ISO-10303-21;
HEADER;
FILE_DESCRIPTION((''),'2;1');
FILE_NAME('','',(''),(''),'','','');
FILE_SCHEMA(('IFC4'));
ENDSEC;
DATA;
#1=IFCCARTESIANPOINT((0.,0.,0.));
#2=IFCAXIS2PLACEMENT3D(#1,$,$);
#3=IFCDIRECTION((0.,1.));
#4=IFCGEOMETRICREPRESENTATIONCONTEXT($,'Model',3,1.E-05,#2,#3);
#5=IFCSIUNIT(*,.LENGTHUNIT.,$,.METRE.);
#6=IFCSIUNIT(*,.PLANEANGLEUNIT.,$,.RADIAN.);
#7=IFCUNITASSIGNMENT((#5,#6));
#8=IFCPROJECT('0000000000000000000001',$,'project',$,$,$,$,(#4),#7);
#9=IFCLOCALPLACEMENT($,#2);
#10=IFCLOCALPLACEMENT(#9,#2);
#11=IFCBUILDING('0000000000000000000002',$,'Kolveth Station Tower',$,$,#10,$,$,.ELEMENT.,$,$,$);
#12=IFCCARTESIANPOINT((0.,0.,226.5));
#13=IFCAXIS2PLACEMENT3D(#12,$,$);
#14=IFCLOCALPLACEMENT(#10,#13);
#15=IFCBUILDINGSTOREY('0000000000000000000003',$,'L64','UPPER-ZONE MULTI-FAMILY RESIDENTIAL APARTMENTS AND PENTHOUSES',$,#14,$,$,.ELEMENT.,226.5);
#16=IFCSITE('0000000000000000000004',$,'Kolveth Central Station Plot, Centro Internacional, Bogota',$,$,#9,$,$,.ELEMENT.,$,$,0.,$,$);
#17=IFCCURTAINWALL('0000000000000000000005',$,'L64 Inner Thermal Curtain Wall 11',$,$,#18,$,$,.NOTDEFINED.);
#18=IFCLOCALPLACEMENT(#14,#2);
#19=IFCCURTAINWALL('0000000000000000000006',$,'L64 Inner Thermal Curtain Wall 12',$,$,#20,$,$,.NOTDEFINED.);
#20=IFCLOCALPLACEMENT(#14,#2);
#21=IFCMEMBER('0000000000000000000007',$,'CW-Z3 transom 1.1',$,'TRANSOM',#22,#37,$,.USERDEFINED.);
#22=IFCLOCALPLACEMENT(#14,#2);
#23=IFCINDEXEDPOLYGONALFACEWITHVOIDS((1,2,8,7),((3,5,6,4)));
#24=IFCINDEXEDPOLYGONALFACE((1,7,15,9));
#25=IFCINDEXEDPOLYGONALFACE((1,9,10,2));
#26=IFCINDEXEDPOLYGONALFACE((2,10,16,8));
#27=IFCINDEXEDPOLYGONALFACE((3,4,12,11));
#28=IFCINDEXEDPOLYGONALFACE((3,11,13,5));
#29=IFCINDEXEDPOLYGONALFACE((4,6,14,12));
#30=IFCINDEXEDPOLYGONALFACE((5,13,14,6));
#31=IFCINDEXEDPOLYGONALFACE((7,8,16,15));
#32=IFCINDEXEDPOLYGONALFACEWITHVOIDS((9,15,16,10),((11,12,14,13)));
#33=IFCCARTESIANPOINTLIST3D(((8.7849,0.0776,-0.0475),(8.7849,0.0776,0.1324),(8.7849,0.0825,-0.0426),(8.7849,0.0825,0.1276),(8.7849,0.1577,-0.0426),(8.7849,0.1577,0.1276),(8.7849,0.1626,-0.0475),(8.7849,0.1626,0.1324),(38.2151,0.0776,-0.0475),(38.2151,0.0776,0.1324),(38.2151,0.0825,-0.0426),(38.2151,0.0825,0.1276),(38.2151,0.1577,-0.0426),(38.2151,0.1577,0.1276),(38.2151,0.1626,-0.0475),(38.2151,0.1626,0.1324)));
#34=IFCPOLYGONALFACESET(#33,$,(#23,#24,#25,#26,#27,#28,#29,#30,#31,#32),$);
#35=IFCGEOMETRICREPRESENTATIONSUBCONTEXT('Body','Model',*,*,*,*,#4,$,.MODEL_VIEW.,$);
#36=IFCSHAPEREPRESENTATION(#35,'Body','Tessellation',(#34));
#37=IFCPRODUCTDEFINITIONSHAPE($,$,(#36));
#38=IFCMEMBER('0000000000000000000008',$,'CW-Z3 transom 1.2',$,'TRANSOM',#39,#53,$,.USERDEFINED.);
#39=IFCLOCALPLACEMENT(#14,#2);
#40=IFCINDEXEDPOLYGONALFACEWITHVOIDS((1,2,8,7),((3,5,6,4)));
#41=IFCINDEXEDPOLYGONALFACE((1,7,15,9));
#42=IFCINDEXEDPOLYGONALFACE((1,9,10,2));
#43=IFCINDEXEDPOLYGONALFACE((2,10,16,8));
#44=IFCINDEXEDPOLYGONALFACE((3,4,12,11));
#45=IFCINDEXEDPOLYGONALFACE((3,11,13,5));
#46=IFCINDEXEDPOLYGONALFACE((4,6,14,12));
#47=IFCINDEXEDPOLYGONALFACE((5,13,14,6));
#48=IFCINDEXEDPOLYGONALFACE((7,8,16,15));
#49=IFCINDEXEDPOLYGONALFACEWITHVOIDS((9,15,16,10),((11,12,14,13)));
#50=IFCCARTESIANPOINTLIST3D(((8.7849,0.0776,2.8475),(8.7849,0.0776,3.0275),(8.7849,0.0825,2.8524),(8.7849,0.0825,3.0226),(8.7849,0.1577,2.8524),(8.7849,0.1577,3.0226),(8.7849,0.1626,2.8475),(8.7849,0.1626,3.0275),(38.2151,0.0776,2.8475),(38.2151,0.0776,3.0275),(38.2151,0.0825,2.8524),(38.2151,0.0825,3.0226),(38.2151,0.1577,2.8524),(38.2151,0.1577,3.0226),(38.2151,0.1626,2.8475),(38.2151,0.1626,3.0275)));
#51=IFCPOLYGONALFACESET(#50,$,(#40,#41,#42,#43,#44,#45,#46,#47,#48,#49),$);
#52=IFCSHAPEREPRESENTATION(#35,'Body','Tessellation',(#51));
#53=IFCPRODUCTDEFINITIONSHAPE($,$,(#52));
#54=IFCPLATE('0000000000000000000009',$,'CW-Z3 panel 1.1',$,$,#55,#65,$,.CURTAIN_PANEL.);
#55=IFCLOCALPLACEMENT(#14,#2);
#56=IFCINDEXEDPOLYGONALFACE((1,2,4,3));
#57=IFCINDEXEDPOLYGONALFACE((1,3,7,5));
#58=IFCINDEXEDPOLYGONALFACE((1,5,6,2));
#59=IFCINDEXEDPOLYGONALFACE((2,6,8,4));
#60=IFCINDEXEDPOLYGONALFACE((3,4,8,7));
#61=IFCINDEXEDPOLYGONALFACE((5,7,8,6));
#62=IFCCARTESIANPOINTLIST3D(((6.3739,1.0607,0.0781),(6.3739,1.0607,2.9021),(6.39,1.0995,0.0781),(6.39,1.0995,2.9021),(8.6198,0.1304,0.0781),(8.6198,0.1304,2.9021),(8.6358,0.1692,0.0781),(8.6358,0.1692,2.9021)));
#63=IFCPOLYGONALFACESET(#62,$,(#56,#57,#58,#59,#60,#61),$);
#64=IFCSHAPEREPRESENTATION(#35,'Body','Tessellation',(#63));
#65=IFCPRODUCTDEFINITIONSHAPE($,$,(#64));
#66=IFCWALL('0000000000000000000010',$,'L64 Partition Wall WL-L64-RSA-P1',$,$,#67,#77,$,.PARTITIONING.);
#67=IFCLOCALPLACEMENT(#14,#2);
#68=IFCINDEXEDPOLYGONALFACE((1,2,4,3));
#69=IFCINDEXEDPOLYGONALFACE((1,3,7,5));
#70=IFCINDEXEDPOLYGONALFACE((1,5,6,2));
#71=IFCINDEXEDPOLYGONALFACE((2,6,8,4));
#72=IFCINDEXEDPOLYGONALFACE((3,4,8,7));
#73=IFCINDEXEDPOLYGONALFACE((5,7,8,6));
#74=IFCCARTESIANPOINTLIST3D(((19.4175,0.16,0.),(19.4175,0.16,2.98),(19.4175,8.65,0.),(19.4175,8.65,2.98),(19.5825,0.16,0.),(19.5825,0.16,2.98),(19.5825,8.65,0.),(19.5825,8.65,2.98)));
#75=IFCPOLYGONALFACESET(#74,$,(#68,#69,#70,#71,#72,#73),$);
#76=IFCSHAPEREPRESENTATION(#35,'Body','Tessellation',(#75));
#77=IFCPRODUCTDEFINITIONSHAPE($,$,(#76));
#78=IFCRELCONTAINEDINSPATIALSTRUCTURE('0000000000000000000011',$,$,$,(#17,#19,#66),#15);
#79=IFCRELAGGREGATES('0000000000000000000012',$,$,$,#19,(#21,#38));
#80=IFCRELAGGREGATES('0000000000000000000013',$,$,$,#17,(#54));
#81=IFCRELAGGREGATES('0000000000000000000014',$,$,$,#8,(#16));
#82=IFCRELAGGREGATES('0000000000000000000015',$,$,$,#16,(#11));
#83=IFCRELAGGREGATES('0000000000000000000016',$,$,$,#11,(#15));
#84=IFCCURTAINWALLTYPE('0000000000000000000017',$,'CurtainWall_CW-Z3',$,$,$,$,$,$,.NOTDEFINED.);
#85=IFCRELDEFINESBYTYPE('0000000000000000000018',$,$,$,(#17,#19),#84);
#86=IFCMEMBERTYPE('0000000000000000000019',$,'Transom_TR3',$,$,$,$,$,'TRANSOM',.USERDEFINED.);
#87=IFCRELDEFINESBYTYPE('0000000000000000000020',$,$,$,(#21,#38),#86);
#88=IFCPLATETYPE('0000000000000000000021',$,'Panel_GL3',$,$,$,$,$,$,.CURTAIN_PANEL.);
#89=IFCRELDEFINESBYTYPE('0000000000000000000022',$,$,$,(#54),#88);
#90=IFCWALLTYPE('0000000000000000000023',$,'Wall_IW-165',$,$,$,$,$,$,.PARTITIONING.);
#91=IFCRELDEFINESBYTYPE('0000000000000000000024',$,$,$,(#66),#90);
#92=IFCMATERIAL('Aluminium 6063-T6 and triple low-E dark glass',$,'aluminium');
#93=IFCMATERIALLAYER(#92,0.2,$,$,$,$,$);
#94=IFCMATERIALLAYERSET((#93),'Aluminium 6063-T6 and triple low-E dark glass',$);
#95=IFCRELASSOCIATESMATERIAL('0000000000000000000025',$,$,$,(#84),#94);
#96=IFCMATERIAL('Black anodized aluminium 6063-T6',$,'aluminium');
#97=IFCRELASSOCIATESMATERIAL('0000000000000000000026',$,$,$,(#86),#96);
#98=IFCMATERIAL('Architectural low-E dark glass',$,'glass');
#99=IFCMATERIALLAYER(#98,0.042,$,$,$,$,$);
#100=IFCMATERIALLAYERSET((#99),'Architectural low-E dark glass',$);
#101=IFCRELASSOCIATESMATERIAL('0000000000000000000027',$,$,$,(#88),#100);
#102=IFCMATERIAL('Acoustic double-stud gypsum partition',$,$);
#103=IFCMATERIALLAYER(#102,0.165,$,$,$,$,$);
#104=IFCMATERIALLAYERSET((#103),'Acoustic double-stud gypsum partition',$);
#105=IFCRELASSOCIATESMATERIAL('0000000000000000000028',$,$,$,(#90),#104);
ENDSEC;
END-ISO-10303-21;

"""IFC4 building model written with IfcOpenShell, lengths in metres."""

from ifc_helpers import new_model, si_unit, direction, frame, frame_2d, origin, origin_2d, place, context, subcontext, project, spatial, rectangle, hollow_rectangle, extrude, source, transform, mapped, material, layer, layer_set, material_profile, profile_set, type_object, element, aggregate, save


model = new_model("IFC4")

# Units and contexts
model_context = context("Model", 3, precision=1e-05, world=origin(), true_north=direction((0.0, 1.0)))
body_context = subcontext(model_context, "Body", "Model", "MODEL_VIEW")
ifc_project = project(units=[si_unit("LENGTHUNIT", "METRE"), si_unit("PLANEANGLEUNIT", "RADIAN")], contexts=[model_context])

# Site, building, storey
site_placement = place(None, origin())
site = spatial("IfcSite", under=ifc_project, at=site_placement, Name="Kolveth Central Station Plot, Centro Internacional, Bogota", CompositionType="ELEMENT", RefElevation=0.0)
building_placement = place(site_placement, origin())
building = spatial("IfcBuilding", under=site, at=building_placement, Name="Kolveth Station Tower", CompositionType="ELEMENT")
storey_placement = place(building_placement, frame((0.0, 0.0, 226.5)))
storey = spatial("IfcBuildingStorey", under=building, at=storey_placement, Name="L64", Description="UPPER-ZONE MULTI-FAMILY RESIDENTIAL APARTMENTS AND PENTHOUSES", CompositionType="ELEMENT", Elevation=226.5)

# Curtain walls
ifc_material_1 = material(Name="Aluminium 6063-T6 and triple low-E dark glass", Category="aluminium")
ifc_layer_1 = layer(ifc_material_1, 0.2)
ifc_layer_set_1 = layer_set([ifc_layer_1], Name="Aluminium 6063-T6 and triple low-E dark glass")
curtain_wall_type = type_object("IfcCurtainWallType", Name="CurtainWall_CW-Z3", PredefinedType="NOTDEFINED", material=ifc_layer_set_1)
curtain_wall_1_placement = place(storey_placement, origin())
curtain_wall_1 = element("IfcCurtainWall", 1, at=curtain_wall_1_placement, inside=storey, type_object=curtain_wall_type, Name="L64 Inner Thermal Curtain Wall 11", PredefinedType="NOTDEFINED")
ifc_material_2 = material(Name="Black anodized aluminium 6063-T6", Category="aluminium")
curtain_wall_2_placement = place(storey_placement, origin())
curtain_wall_2 = element("IfcCurtainWall", 2, at=curtain_wall_2_placement, inside=storey, type_object=curtain_wall_type, Name="L64 Inner Thermal Curtain Wall 12", PredefinedType="NOTDEFINED")

# Members
ifc_material_profile_1 = material_profile(ifc_material_2, hollow_rectangle(XDim=0.085, YDim=0.1799, WallThickness=0.0049, at=origin_2d()), Name="ALU-85x180x5")
ifc_profile_set_1 = profile_set([ifc_material_profile_1], Name="Black anodized aluminium 6063-T6")
member_type_1 = type_object("IfcMemberType", Name="Transom_TR3", ElementType="TRANSOM", PredefinedType="USERDEFINED", material=ifc_profile_set_1)
shared_shape_1 = source(origin(), body_context, "Body", "SweptSolid", [
    extrude(hollow_rectangle(XDim=0.085, YDim=0.1799, WallThickness=0.0049, at=origin_2d()), origin(), (0.0, 0.0, 1.0), 29.4302),
])
member_1_placement = place(storey_placement, frame((8.7849, 0.1201, 0.0425), z_axis=(1.0, 0.0, 0.0), x_axis=(0.0, 1.0, 0.0)))
member_1 = element("IfcMember", 3, at=member_1_placement, type_object=member_type_1, Name="CW-Z3 transom 1.1", ObjectType="TRANSOM", PredefinedType="USERDEFINED", context=body_context, shape_type="MappedRepresentation", body=[
    mapped(shared_shape_1, transform((0.0, 0.0, 0.0), x_axis=(1.0, 0.0, 0.0), y_axis=(0.0, 1.0, 0.0), z_axis=(0.0, 0.0, 1.0), scale=1.0)),
])
member_2_placement = place(storey_placement, frame((8.7849, 0.1201, 2.9375), z_axis=(1.0, 0.0, 0.0), x_axis=(0.0, 1.0, 0.0)))
member_2 = element("IfcMember", 4, at=member_2_placement, type_object=member_type_1, Name="CW-Z3 transom 1.2", ObjectType="TRANSOM", PredefinedType="USERDEFINED", context=body_context, shape_type="MappedRepresentation", body=[
    mapped(shared_shape_1, transform((0.0, 0.0, 0.0), x_axis=(1.0, 0.0, 0.0), y_axis=(0.0, 1.0, 0.0), z_axis=(0.0, 0.0, 1.0), scale=1.0)),
])
aggregate(curtain_wall_2, [member_1, member_2])

# Plate
ifc_material_3 = material(Name="Architectural low-E dark glass", Category="glass")
ifc_layer_2 = layer(ifc_material_3, 0.042)
ifc_layer_set_2 = layer_set([ifc_layer_2], Name="Architectural low-E dark glass")
plate_type = type_object("IfcPlateType", Name="Panel_GL3", PredefinedType="CURTAIN_PANEL", material=ifc_layer_set_2)
shared_shape_2 = source(origin(), body_context, "Body", "SweptSolid", [
    extrude(rectangle(XDim=2.4309, YDim=0.042, at=origin_2d()), origin(), (0.0, 0.0, 1.0), 2.824),
])
plate_placement = place(storey_placement, frame((7.5049, 0.615, 0.0781), z_axis=(0.0, 0.0, 1.0), x_axis=(0.923875, -0.382693, 0.0)))
plate = element("IfcPlate", 5, at=plate_placement, type_object=plate_type, Name="CW-Z3 panel 1.1", PredefinedType="CURTAIN_PANEL", context=body_context, shape_type="MappedRepresentation", body=[
    mapped(shared_shape_2, transform((0.0, 0.0, 0.0), x_axis=(1.0, 0.0, 0.0), y_axis=(0.0, 1.0, 0.0), z_axis=(0.0, 0.0, 1.0), scale=1.0)),
])
aggregate(curtain_wall_1, [plate])

# Wall
ifc_material_4 = material(Name="Acoustic double-stud gypsum partition")
ifc_layer_3 = layer(ifc_material_4, 0.165)
ifc_layer_set_3 = layer_set([ifc_layer_3], Name="Acoustic double-stud gypsum partition")
wall_type = type_object("IfcWallType", Name="Wall_IW-165", PredefinedType="PARTITIONING", material=ifc_layer_set_3)
wall_placement = place(storey_placement, frame((19.5, 0.1599, 0.0), z_axis=(0.0, 0.0, 1.0), x_axis=(0.0, 1.0, 0.0)))
element("IfcWall", 6, at=wall_placement, inside=storey, type_object=wall_type, Name="L64 Partition Wall WL-L64-RSA-P1", PredefinedType="PARTITIONING", context=body_context, shape_type="SweptSolid", body=[
    extrude(rectangle(XDim=8.49, YDim=0.165, at=frame_2d((4.2451, 0.0))), origin(), (0.0, 0.0, 1.0), 2.98),
])

save(model, "model.ifc")
